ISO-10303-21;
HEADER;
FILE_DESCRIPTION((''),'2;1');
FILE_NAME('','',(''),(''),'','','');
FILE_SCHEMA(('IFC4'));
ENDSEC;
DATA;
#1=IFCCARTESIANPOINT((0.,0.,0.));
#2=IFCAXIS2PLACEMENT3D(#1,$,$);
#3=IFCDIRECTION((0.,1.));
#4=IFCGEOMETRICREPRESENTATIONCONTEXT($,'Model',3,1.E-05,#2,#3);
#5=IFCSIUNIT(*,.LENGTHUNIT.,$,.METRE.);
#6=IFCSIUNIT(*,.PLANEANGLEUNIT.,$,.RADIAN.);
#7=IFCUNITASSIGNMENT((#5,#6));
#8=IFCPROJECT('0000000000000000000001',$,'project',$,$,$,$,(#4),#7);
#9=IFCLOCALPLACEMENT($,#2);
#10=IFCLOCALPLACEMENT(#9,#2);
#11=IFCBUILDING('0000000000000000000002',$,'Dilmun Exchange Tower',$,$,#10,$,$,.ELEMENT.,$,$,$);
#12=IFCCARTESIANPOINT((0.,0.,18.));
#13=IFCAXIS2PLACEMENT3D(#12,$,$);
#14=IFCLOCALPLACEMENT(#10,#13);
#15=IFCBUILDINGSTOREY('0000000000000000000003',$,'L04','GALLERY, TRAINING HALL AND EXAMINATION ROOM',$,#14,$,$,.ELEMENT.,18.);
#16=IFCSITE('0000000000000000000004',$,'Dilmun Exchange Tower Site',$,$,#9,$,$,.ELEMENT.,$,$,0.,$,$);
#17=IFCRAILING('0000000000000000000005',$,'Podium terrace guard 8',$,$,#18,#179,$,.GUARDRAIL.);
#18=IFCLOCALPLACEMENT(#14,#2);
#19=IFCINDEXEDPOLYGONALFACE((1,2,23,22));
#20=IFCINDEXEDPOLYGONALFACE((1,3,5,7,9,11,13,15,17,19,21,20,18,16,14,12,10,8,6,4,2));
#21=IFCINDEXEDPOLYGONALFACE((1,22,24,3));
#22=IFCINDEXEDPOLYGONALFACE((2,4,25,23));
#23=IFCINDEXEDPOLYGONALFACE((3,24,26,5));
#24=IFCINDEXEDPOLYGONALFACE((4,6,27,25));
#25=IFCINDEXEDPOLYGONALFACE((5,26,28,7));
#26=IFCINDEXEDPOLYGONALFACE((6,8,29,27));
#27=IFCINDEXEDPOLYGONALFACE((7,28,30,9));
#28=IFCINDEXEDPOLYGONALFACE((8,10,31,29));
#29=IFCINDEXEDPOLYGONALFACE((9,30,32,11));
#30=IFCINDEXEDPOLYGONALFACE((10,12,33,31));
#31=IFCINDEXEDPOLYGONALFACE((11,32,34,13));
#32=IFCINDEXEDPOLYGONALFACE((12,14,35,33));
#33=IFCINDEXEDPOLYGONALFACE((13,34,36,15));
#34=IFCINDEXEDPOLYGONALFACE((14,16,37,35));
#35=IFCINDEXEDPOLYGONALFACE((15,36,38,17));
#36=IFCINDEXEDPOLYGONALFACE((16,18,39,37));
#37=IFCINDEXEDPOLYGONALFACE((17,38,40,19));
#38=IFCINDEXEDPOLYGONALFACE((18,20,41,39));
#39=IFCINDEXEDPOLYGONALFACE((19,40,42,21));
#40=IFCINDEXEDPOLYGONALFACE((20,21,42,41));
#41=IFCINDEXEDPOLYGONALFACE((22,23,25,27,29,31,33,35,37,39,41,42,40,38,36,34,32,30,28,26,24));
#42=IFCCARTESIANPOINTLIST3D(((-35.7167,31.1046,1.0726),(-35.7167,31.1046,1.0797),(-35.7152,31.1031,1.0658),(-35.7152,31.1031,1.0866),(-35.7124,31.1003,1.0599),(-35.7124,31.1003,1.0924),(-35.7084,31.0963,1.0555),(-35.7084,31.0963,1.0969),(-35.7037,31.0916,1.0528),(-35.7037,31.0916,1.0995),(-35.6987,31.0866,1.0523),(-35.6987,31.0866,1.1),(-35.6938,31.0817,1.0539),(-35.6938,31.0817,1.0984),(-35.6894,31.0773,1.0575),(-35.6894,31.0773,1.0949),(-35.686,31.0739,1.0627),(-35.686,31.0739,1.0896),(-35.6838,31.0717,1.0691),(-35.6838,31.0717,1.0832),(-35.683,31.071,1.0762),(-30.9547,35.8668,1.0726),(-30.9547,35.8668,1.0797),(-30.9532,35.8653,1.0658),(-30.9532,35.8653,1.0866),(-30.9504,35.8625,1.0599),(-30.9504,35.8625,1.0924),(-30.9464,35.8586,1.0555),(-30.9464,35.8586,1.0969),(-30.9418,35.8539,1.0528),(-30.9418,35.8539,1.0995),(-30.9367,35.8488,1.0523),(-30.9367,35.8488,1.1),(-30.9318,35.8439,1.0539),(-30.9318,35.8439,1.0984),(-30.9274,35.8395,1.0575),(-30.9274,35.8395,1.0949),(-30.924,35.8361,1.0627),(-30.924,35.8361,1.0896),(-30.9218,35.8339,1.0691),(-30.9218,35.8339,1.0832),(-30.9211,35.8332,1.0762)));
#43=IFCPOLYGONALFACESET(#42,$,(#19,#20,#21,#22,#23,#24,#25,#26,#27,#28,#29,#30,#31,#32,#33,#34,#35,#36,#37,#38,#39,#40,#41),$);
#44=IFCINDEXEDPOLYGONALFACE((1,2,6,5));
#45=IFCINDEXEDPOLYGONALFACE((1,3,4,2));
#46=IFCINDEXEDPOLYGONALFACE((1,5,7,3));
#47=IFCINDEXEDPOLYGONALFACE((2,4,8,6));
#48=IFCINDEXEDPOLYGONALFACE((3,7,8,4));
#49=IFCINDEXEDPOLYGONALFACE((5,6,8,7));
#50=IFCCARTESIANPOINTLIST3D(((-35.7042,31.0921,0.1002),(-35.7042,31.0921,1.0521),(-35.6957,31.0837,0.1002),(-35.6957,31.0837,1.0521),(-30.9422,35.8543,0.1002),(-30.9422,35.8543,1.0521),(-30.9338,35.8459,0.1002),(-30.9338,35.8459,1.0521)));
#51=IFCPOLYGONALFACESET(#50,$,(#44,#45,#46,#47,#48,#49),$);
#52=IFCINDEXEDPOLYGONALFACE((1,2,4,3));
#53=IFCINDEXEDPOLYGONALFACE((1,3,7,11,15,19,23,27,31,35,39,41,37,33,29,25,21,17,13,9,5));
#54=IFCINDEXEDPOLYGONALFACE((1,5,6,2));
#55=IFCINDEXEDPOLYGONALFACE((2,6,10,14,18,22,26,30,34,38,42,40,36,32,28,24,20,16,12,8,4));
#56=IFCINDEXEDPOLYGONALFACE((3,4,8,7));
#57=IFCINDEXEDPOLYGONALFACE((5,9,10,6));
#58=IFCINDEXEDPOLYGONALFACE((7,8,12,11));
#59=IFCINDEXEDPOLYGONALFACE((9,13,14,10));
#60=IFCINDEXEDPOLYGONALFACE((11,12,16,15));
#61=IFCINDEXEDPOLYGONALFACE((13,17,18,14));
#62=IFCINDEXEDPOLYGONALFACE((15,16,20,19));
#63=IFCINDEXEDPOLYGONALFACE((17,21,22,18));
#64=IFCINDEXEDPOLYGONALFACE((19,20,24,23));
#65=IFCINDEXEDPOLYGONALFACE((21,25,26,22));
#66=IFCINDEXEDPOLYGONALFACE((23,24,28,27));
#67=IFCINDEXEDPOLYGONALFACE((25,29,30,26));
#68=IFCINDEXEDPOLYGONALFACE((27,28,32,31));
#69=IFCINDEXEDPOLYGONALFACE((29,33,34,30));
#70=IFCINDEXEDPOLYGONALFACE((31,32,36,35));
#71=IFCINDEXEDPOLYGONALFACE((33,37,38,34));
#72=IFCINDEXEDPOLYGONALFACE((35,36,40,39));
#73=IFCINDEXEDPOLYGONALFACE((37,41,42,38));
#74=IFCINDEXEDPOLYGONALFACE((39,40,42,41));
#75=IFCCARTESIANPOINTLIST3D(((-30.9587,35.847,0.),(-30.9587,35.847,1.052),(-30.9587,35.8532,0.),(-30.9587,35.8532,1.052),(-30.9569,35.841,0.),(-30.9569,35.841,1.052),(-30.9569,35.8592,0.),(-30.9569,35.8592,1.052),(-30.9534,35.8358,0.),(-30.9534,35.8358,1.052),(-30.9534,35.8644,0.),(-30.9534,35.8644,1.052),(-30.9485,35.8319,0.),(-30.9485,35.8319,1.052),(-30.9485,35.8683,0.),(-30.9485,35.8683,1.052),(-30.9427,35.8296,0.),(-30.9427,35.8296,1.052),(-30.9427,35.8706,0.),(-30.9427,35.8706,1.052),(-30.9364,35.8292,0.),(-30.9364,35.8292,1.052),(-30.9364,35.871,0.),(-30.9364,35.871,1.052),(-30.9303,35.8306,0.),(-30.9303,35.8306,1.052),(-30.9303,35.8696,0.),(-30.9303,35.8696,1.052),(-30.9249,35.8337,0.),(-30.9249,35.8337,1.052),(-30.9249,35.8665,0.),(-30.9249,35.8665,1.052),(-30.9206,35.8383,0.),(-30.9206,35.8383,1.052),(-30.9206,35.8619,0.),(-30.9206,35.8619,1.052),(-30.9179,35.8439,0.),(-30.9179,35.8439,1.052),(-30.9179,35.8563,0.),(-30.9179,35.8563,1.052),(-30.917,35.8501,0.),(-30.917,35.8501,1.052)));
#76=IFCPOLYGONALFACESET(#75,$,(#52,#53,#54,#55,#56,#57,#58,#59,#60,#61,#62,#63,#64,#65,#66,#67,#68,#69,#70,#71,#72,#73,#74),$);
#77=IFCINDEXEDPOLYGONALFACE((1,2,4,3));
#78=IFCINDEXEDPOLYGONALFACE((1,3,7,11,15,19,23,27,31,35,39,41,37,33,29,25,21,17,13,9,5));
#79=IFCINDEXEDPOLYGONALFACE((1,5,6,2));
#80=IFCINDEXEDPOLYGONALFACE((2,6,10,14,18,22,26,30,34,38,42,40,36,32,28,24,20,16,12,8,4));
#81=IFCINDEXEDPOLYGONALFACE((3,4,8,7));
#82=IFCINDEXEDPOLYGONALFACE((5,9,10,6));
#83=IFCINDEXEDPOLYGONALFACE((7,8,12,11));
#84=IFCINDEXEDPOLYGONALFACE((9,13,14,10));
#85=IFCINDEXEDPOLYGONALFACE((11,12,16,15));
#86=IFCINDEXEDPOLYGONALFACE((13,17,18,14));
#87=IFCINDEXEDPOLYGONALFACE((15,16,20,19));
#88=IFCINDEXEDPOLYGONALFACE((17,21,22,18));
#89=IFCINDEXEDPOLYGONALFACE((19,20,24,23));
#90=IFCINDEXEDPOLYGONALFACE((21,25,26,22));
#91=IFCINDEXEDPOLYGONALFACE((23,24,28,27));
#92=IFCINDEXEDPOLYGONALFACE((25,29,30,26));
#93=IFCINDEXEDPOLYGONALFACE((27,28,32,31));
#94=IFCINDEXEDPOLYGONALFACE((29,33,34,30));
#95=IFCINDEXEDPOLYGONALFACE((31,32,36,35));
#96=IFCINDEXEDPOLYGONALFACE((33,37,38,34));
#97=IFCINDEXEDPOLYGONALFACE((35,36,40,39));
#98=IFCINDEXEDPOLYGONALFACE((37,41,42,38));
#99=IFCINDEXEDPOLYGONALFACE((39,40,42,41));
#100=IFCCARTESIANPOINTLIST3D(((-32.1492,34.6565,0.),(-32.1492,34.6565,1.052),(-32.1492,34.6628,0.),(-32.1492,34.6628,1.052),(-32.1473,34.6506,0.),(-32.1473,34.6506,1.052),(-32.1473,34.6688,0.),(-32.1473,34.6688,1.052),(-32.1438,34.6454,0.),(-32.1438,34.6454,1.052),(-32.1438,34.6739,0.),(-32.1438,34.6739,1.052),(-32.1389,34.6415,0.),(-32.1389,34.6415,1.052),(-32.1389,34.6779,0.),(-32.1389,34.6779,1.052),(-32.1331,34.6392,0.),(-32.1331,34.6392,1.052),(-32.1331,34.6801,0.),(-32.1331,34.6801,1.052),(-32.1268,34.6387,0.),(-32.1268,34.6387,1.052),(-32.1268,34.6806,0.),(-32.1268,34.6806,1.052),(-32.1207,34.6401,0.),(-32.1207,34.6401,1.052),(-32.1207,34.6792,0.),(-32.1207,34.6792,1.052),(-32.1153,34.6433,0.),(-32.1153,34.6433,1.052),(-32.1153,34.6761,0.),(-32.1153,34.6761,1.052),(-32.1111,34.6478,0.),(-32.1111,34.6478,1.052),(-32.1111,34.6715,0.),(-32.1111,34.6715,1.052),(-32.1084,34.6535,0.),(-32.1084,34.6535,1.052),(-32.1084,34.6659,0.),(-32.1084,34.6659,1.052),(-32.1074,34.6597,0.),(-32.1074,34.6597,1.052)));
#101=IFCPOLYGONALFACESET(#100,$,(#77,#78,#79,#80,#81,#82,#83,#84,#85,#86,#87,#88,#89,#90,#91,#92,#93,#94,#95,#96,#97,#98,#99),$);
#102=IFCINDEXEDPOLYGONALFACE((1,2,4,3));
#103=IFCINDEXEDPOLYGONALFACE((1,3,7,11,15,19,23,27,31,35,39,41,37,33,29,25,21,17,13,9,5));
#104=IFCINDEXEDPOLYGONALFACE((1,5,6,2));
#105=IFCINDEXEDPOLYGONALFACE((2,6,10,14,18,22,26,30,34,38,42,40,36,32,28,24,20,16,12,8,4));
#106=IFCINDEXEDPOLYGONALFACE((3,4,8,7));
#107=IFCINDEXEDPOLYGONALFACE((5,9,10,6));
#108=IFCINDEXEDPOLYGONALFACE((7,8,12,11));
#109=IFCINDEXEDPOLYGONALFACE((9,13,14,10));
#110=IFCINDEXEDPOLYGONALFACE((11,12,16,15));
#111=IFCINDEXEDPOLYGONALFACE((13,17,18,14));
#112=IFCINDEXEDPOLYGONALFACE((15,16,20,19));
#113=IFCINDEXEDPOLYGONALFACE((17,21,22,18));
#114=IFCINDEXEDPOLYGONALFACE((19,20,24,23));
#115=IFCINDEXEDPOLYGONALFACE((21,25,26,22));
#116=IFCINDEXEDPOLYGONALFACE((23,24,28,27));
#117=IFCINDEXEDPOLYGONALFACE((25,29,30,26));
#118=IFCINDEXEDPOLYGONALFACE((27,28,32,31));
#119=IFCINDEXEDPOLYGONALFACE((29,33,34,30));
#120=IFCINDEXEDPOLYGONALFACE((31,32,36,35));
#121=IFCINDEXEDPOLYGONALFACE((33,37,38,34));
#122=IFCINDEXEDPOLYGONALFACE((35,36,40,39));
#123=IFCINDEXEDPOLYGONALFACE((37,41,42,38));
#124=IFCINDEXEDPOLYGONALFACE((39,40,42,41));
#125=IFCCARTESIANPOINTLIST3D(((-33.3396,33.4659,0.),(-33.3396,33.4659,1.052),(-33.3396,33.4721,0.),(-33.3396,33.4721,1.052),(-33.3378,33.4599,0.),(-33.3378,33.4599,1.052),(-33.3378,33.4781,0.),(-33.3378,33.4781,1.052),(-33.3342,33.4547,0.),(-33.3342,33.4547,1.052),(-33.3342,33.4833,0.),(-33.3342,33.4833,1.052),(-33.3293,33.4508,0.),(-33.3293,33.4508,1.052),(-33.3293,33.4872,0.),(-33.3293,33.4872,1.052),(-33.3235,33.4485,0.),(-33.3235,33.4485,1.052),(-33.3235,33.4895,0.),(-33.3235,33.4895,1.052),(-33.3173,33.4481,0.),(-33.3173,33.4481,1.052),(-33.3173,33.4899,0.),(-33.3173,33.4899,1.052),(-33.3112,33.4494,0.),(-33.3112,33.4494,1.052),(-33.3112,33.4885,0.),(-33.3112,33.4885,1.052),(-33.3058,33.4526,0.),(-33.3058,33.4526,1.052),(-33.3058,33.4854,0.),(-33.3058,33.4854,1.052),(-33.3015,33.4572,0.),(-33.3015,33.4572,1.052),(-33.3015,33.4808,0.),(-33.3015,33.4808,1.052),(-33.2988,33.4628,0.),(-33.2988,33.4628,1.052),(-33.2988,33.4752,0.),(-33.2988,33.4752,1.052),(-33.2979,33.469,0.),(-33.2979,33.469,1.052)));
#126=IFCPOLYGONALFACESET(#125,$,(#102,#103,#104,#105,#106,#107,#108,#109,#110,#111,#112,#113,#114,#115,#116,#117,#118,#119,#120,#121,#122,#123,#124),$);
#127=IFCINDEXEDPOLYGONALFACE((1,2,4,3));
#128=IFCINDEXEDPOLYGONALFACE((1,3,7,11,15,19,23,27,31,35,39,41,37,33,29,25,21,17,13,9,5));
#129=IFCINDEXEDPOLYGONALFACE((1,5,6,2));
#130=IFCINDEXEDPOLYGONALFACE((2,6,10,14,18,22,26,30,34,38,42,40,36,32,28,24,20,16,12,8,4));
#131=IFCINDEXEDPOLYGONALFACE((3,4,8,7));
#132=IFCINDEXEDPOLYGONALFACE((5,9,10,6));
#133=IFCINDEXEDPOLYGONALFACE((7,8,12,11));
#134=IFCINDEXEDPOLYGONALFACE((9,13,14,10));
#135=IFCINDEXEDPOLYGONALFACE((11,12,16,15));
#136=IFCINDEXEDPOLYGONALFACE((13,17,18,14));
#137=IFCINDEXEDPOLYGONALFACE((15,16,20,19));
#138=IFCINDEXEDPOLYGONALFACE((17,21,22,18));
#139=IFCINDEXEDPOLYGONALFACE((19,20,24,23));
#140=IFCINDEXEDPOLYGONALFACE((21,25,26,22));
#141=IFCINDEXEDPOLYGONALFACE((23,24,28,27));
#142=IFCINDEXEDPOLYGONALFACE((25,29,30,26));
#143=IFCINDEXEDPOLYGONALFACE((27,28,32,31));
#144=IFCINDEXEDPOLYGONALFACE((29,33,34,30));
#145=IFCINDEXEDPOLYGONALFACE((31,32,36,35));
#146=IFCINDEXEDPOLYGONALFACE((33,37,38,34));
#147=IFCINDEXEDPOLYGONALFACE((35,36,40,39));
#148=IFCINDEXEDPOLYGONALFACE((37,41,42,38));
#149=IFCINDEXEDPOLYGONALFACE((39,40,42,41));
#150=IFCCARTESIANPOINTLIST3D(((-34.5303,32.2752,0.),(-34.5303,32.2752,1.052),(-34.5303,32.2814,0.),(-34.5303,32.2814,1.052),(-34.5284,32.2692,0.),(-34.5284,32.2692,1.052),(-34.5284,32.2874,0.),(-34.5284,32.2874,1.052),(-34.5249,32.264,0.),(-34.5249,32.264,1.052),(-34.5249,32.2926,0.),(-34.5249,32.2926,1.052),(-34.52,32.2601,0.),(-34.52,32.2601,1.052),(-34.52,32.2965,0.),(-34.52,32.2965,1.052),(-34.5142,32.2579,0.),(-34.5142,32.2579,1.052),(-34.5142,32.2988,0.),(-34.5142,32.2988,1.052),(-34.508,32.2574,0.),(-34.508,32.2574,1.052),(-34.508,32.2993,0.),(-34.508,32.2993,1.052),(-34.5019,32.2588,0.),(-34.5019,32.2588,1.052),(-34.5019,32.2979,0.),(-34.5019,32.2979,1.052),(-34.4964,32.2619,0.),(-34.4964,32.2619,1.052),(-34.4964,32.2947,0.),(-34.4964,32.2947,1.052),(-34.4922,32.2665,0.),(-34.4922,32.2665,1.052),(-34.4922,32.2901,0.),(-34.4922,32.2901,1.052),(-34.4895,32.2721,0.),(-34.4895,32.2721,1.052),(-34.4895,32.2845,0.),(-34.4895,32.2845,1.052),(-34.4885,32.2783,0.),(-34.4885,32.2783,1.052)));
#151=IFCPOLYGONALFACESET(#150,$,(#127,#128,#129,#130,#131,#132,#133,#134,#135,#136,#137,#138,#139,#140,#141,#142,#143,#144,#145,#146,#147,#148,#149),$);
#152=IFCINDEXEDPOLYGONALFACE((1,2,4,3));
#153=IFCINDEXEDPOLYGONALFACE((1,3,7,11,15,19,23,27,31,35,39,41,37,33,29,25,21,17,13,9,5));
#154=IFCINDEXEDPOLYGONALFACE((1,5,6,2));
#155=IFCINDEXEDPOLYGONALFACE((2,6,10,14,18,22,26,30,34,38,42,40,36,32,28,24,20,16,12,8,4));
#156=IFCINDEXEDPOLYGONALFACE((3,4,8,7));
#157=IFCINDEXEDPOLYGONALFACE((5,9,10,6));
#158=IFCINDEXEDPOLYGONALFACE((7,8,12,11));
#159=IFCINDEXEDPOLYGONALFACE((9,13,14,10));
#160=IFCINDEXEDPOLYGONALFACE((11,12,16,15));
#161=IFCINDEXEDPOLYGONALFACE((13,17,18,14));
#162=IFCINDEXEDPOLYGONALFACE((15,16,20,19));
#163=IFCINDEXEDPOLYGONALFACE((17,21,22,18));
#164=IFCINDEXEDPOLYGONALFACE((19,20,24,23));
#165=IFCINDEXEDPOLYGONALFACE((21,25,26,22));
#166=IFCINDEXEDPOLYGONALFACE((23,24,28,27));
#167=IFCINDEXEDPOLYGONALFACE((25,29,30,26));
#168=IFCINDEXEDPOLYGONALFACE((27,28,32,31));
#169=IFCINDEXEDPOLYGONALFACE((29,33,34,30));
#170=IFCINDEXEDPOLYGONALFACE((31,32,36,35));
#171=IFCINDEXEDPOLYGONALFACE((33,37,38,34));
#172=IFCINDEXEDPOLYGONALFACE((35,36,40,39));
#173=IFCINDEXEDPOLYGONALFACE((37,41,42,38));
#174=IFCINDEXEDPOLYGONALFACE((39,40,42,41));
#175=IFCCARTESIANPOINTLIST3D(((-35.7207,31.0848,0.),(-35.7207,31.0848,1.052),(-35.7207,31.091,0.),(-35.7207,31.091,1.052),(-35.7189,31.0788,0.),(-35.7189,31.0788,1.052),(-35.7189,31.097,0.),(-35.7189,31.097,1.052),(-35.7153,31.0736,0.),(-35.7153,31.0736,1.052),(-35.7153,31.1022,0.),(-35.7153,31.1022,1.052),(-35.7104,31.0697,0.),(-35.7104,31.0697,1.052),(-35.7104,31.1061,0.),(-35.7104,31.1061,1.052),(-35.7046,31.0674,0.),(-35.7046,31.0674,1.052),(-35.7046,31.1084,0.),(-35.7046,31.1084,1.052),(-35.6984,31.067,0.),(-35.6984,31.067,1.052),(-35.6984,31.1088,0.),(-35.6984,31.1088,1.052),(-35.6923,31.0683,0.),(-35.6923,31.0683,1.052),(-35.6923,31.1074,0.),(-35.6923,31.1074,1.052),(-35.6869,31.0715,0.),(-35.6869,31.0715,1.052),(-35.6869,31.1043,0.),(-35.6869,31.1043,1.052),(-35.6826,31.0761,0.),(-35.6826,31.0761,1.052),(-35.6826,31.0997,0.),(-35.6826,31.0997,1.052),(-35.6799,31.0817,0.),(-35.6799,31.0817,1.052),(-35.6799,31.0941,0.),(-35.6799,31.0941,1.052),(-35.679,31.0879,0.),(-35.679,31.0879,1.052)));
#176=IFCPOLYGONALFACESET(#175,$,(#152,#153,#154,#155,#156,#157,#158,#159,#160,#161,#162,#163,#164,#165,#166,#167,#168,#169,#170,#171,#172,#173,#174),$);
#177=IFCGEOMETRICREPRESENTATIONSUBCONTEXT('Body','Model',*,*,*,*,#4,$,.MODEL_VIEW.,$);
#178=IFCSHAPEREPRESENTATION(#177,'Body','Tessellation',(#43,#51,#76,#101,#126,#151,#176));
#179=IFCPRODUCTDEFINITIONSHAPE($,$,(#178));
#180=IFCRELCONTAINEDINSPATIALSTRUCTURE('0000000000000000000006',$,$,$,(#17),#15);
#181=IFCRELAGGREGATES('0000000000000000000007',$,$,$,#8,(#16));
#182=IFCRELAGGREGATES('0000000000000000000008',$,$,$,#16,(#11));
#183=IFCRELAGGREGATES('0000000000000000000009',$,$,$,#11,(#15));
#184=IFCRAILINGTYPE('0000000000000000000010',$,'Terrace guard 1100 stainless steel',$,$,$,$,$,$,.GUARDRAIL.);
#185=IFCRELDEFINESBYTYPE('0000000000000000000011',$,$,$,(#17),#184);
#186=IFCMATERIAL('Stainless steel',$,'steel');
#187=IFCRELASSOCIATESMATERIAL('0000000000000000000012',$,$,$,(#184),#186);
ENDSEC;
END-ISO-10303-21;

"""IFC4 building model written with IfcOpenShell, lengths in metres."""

from ifc_helpers import new_model, si_unit, direction, frame, origin, origin_2d, place, context, subcontext, project, spatial, rectangle, circle, extrude, material, type_object, element, save


model = new_model("IFC4")

# Units and contexts
model_context = context("Model", 3, precision=1e-05, world=origin(), true_north=direction((0.0, 1.0)))
body_context = subcontext(model_context, "Body", "Model", "MODEL_VIEW")
ifc_project = project(units=[si_unit("LENGTHUNIT", "METRE"), si_unit("PLANEANGLEUNIT", "RADIAN")], contexts=[model_context])

# Site, building, storey
site_placement = place(None, origin())
site = spatial("IfcSite", under=ifc_project, at=site_placement, Name="Dilmun Exchange Tower Site", CompositionType="ELEMENT", RefElevation=0.0)
building_placement = place(site_placement, origin())
building = spatial("IfcBuilding", under=site, at=building_placement, Name="Dilmun Exchange Tower", CompositionType="ELEMENT")
storey_placement = place(building_placement, frame((0.0, 0.0, 18.0)))
storey = spatial("IfcBuildingStorey", under=building, at=storey_placement, Name="L04", Description="GALLERY, TRAINING HALL AND EXAMINATION ROOM", CompositionType="ELEMENT", Elevation=18.0)

# Railing
ifc_material_1 = material(Name="Stainless steel", Category="steel")
railing_type_1 = type_object("IfcRailingType", Name="Terrace guard 1100 stainless steel", PredefinedType="GUARDRAIL", material=ifc_material_1)
railing_1_placement = place(storey_placement, frame((-30.938, 35.8501, 0.0)))
element("IfcRailing", 1, at=railing_1_placement, inside=storey, type_object=railing_type_1, Name="Podium terrace guard 8", PredefinedType="GUARDRAIL", context=body_context, shape_type="SweptSolid", body=[
    extrude(circle(Radius=0.0239, at=origin_2d()), frame((0.0, 0.0, 1.0762), z_axis=(-0.707089, -0.707125, 0.0), x_axis=(0.707125, -0.707089, 0.0)), (0.0, 0.0, 1.0), 6.7346),
    extrude(rectangle(XDim=0.012, YDim=0.9519, at=origin_2d()), frame((0.0, 0.0, 0.5762), z_axis=(-0.707089, -0.707125, 0.0), x_axis=(0.707125, -0.707089, 0.0)), (0.0, 0.0, 1.0), 6.7346),
    extrude(circle(Radius=0.021, at=origin_2d()), origin(), (0.0, 0.0, 1.0), 1.052),
    extrude(circle(Radius=0.021, at=origin_2d()), frame((-1.1904, -1.1904, 0.0)), (0.0, 0.0, 1.0), 1.052),
    extrude(circle(Radius=0.021, at=origin_2d()), frame((-2.3809, -2.3811, 0.0)), (0.0, 0.0, 1.0), 1.052),
    extrude(circle(Radius=0.021, at=origin_2d()), frame((-3.5715, -3.5718, 0.0)), (0.0, 0.0, 1.0), 1.052),
    extrude(circle(Radius=0.021, at=origin_2d()), frame((-4.762, -4.7622, 0.0)), (0.0, 0.0, 1.0), 1.052),
])

save(model, "model.ifc")
